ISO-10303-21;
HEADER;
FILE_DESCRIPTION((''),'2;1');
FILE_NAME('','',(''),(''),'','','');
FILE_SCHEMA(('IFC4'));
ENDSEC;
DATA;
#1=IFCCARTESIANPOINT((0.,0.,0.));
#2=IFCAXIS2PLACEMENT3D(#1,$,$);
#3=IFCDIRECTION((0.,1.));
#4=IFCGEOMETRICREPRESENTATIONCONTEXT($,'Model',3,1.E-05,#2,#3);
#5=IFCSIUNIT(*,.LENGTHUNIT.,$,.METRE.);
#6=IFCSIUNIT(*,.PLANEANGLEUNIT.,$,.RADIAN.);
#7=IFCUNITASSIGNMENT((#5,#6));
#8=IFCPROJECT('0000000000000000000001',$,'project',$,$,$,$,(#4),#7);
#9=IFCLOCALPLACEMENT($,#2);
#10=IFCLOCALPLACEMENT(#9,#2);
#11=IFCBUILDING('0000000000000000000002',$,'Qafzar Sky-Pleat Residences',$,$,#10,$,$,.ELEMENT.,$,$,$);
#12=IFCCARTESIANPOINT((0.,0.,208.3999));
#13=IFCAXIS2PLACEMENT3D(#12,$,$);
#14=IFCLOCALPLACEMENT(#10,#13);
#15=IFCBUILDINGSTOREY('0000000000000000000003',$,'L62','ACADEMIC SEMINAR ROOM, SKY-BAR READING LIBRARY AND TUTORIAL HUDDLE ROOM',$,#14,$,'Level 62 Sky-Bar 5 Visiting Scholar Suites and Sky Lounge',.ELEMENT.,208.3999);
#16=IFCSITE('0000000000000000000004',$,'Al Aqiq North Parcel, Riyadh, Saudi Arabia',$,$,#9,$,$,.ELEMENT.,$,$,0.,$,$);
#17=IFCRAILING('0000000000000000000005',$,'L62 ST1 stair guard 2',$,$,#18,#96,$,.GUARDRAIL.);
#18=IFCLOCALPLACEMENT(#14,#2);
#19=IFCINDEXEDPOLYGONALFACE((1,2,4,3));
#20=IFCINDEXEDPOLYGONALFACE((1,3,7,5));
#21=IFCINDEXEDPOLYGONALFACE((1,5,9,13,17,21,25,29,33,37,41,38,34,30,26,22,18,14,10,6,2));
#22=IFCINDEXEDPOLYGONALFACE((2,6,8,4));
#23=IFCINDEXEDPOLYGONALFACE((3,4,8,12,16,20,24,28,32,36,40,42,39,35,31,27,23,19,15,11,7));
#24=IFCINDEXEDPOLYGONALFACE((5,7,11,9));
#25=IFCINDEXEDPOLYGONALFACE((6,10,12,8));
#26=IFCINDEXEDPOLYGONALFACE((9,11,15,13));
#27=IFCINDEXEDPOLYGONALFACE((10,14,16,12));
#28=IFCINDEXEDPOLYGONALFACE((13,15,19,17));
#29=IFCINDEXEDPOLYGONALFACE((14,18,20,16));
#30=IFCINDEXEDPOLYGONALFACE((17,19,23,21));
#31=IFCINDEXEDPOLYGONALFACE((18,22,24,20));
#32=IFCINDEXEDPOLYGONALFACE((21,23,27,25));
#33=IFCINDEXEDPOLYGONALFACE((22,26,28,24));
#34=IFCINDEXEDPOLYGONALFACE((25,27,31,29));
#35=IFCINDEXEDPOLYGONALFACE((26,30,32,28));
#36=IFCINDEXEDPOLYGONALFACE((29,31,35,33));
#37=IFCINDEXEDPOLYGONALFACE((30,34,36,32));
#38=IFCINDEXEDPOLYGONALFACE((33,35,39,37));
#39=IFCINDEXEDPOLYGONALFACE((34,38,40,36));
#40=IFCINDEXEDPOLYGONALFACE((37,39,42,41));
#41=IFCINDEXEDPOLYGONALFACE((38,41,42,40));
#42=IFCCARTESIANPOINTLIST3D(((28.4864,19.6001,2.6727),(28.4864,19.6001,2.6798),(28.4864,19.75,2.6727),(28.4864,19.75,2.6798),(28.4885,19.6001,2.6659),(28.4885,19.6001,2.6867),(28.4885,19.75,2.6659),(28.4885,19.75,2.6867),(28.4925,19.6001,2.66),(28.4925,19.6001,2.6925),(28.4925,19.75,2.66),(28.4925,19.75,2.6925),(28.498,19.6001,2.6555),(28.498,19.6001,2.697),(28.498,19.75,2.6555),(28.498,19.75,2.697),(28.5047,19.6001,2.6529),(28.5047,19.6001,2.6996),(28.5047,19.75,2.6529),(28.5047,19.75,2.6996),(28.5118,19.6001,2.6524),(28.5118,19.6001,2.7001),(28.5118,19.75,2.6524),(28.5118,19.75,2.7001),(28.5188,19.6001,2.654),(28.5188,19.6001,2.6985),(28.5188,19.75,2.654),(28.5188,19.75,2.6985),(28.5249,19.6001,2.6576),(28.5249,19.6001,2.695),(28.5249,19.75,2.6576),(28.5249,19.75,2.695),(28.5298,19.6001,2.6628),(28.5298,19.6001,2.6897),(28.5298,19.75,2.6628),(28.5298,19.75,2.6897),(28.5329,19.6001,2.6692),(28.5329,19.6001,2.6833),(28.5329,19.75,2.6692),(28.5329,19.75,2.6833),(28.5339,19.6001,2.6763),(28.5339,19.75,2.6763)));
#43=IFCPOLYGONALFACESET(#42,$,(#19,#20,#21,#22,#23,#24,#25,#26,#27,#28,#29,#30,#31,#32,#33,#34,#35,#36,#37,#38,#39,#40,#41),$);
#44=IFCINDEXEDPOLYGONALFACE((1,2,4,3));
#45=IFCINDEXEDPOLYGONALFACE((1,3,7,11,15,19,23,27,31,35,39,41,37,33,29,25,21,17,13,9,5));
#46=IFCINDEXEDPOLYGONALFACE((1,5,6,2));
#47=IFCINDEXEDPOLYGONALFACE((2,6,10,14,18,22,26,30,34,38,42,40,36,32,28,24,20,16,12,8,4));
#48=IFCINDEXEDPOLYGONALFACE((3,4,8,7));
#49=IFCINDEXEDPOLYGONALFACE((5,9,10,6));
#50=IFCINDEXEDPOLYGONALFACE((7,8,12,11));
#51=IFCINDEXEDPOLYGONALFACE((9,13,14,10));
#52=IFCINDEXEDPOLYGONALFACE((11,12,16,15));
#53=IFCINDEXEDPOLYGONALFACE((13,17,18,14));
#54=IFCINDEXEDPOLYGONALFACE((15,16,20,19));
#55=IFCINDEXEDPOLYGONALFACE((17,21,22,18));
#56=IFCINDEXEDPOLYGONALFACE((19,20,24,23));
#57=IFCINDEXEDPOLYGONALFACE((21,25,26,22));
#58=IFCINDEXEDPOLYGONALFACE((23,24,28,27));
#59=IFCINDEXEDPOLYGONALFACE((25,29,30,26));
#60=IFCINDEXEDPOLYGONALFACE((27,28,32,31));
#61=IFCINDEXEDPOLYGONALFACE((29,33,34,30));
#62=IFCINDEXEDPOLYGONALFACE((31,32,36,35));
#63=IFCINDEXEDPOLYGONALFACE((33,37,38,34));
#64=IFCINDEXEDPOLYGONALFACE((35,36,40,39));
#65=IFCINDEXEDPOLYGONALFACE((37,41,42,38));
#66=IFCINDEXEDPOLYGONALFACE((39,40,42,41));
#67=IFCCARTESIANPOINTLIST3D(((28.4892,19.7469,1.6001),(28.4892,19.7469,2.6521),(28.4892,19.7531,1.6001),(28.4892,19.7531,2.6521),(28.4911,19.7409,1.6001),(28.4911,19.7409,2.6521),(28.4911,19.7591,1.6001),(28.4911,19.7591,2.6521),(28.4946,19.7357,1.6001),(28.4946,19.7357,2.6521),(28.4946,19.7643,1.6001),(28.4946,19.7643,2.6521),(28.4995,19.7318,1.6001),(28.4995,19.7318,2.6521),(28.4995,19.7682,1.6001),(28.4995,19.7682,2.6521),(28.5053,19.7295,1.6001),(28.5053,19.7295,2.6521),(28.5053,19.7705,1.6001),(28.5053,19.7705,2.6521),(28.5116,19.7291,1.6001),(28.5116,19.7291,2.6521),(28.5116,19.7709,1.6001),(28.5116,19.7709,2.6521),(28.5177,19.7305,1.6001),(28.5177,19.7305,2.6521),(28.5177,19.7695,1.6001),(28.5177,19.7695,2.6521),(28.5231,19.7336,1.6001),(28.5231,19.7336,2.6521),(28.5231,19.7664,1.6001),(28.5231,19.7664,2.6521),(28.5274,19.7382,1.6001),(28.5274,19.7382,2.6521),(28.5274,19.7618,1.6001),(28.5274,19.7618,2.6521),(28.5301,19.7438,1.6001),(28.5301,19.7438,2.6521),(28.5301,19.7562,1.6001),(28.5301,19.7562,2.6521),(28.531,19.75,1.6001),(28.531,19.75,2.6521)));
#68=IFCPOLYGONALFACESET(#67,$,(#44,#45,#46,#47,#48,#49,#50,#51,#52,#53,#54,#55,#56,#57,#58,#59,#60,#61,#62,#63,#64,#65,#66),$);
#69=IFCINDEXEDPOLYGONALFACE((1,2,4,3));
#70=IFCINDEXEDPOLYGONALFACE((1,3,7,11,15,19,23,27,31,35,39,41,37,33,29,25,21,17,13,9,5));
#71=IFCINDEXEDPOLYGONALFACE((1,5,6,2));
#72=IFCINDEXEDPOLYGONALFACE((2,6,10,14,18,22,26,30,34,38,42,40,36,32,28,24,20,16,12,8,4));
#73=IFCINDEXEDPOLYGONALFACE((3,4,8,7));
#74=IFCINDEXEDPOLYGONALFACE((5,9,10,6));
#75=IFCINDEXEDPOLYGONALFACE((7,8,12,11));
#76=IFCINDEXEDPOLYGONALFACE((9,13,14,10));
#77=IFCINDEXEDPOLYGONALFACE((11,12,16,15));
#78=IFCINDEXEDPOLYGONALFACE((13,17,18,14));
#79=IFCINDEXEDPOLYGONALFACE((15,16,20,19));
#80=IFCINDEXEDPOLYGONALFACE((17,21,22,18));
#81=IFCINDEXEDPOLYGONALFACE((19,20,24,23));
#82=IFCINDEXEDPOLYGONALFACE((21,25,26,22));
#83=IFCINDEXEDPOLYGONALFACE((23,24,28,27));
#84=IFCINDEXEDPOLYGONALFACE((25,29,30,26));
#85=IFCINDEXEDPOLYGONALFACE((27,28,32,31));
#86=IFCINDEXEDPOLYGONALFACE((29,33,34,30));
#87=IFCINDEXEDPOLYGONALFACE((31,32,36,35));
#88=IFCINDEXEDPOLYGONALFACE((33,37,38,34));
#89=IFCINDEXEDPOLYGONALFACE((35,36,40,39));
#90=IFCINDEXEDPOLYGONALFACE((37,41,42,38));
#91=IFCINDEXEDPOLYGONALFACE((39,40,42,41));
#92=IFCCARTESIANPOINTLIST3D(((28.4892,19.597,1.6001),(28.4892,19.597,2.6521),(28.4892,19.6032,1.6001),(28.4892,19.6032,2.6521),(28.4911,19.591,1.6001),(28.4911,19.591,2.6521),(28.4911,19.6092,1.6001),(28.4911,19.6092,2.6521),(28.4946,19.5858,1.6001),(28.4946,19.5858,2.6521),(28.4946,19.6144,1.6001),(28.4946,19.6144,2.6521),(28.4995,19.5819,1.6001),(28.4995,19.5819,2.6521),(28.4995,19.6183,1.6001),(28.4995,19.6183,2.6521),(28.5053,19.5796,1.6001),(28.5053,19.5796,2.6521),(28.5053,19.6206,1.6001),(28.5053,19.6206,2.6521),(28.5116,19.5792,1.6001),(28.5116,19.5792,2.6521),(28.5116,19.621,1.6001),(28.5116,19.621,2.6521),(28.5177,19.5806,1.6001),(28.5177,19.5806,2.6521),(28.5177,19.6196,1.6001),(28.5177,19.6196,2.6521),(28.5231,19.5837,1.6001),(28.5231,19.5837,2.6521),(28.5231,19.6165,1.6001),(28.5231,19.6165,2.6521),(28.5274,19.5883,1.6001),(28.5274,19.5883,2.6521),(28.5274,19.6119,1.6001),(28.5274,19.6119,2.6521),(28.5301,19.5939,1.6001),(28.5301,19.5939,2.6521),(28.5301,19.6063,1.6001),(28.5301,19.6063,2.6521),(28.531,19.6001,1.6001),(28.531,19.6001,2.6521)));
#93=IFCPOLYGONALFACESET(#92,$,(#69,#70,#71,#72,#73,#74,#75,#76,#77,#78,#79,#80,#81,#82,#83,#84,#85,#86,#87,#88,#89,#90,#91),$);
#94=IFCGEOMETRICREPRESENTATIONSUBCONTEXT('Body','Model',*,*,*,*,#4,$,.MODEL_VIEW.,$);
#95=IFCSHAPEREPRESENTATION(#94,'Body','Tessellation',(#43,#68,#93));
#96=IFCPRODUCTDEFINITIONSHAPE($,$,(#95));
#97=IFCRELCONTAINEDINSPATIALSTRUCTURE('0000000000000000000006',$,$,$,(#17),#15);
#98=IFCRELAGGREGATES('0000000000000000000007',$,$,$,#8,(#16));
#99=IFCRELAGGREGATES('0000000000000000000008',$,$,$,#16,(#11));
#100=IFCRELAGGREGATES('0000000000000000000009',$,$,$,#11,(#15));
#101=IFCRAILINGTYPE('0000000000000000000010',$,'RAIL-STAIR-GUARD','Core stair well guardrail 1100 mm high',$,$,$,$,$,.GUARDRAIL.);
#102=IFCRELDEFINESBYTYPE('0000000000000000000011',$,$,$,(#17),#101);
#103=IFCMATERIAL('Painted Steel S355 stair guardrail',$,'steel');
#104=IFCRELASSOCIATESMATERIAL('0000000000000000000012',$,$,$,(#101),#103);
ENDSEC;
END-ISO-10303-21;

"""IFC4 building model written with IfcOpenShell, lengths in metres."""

from ifc_helpers import new_model, si_unit, direction, frame, origin, origin_2d, place, context, subcontext, project, spatial, circle, extrude, source, transform, mapped, material, type_object, element, save


model = new_model("IFC4")

# Units and contexts
model_context = context("Model", 3, precision=1e-05, world=origin(), true_north=direction((0.0, 1.0)))
body_context = subcontext(model_context, "Body", "Model", "MODEL_VIEW")
ifc_project = project(units=[si_unit("LENGTHUNIT", "METRE"), si_unit("PLANEANGLEUNIT", "RADIAN")], contexts=[model_context])

# Site, building, storey
site_placement = place(None, origin())
site = spatial("IfcSite", under=ifc_project, at=site_placement, Name="Al Aqiq North Parcel, Riyadh, Saudi Arabia", CompositionType="ELEMENT", RefElevation=0.0)
building_placement = place(site_placement, origin())
building = spatial("IfcBuilding", under=site, at=building_placement, Name="Qafzar Sky-Pleat Residences", CompositionType="ELEMENT")
storey_placement = place(building_placement, frame((0.0, 0.0, 208.3999)))
storey = spatial("IfcBuildingStorey", under=building, at=storey_placement, Name="L62", Description="ACADEMIC SEMINAR ROOM, SKY-BAR READING LIBRARY AND TUTORIAL HUDDLE ROOM", LongName="Level 62 Sky-Bar 5 Visiting Scholar Suites and Sky Lounge", CompositionType="ELEMENT", Elevation=208.3999)

# Railing
ifc_material_1 = material(Name="Painted Steel S355 stair guardrail", Category="steel")
railing_type = type_object("IfcRailingType", Name="RAIL-STAIR-GUARD", Description="Core stair well guardrail 1100 mm high", PredefinedType="GUARDRAIL", material=ifc_material_1)
shared_shape_1 = source(origin(), body_context, "Body", "SweptSolid", [
    extrude(circle(Radius=0.0239, at=origin_2d()), frame((0.0, 0.0, 1.0762), z_axis=(0.0, -1.0, 0.0), x_axis=(1.0, 0.0, 0.0)), (0.0, 0.0, 1.0), 0.1499),
    extrude(circle(Radius=0.021, at=origin_2d()), origin(), (0.0, 0.0, 1.0), 1.052),
    extrude(circle(Radius=0.021, at=origin_2d()), frame((0.0, -0.1499, 0.0)), (0.0, 0.0, 1.0), 1.052),
])
railing_placement = place(storey_placement, frame((28.51, 19.75, 1.6001)))
element("IfcRailing", 1, at=railing_placement, inside=storey, type_object=railing_type, Name="L62 ST1 stair guard 2", PredefinedType="GUARDRAIL", context=body_context, shape_type="MappedRepresentation", body=[
    mapped(shared_shape_1, transform((0.0, 0.0, 0.0), x_axis=(1.0, 0.0, 0.0), y_axis=(0.0, 1.0, 0.0), z_axis=(0.0, 0.0, 1.0), scale=1.0)),
])

save(model, "model.ifc")
